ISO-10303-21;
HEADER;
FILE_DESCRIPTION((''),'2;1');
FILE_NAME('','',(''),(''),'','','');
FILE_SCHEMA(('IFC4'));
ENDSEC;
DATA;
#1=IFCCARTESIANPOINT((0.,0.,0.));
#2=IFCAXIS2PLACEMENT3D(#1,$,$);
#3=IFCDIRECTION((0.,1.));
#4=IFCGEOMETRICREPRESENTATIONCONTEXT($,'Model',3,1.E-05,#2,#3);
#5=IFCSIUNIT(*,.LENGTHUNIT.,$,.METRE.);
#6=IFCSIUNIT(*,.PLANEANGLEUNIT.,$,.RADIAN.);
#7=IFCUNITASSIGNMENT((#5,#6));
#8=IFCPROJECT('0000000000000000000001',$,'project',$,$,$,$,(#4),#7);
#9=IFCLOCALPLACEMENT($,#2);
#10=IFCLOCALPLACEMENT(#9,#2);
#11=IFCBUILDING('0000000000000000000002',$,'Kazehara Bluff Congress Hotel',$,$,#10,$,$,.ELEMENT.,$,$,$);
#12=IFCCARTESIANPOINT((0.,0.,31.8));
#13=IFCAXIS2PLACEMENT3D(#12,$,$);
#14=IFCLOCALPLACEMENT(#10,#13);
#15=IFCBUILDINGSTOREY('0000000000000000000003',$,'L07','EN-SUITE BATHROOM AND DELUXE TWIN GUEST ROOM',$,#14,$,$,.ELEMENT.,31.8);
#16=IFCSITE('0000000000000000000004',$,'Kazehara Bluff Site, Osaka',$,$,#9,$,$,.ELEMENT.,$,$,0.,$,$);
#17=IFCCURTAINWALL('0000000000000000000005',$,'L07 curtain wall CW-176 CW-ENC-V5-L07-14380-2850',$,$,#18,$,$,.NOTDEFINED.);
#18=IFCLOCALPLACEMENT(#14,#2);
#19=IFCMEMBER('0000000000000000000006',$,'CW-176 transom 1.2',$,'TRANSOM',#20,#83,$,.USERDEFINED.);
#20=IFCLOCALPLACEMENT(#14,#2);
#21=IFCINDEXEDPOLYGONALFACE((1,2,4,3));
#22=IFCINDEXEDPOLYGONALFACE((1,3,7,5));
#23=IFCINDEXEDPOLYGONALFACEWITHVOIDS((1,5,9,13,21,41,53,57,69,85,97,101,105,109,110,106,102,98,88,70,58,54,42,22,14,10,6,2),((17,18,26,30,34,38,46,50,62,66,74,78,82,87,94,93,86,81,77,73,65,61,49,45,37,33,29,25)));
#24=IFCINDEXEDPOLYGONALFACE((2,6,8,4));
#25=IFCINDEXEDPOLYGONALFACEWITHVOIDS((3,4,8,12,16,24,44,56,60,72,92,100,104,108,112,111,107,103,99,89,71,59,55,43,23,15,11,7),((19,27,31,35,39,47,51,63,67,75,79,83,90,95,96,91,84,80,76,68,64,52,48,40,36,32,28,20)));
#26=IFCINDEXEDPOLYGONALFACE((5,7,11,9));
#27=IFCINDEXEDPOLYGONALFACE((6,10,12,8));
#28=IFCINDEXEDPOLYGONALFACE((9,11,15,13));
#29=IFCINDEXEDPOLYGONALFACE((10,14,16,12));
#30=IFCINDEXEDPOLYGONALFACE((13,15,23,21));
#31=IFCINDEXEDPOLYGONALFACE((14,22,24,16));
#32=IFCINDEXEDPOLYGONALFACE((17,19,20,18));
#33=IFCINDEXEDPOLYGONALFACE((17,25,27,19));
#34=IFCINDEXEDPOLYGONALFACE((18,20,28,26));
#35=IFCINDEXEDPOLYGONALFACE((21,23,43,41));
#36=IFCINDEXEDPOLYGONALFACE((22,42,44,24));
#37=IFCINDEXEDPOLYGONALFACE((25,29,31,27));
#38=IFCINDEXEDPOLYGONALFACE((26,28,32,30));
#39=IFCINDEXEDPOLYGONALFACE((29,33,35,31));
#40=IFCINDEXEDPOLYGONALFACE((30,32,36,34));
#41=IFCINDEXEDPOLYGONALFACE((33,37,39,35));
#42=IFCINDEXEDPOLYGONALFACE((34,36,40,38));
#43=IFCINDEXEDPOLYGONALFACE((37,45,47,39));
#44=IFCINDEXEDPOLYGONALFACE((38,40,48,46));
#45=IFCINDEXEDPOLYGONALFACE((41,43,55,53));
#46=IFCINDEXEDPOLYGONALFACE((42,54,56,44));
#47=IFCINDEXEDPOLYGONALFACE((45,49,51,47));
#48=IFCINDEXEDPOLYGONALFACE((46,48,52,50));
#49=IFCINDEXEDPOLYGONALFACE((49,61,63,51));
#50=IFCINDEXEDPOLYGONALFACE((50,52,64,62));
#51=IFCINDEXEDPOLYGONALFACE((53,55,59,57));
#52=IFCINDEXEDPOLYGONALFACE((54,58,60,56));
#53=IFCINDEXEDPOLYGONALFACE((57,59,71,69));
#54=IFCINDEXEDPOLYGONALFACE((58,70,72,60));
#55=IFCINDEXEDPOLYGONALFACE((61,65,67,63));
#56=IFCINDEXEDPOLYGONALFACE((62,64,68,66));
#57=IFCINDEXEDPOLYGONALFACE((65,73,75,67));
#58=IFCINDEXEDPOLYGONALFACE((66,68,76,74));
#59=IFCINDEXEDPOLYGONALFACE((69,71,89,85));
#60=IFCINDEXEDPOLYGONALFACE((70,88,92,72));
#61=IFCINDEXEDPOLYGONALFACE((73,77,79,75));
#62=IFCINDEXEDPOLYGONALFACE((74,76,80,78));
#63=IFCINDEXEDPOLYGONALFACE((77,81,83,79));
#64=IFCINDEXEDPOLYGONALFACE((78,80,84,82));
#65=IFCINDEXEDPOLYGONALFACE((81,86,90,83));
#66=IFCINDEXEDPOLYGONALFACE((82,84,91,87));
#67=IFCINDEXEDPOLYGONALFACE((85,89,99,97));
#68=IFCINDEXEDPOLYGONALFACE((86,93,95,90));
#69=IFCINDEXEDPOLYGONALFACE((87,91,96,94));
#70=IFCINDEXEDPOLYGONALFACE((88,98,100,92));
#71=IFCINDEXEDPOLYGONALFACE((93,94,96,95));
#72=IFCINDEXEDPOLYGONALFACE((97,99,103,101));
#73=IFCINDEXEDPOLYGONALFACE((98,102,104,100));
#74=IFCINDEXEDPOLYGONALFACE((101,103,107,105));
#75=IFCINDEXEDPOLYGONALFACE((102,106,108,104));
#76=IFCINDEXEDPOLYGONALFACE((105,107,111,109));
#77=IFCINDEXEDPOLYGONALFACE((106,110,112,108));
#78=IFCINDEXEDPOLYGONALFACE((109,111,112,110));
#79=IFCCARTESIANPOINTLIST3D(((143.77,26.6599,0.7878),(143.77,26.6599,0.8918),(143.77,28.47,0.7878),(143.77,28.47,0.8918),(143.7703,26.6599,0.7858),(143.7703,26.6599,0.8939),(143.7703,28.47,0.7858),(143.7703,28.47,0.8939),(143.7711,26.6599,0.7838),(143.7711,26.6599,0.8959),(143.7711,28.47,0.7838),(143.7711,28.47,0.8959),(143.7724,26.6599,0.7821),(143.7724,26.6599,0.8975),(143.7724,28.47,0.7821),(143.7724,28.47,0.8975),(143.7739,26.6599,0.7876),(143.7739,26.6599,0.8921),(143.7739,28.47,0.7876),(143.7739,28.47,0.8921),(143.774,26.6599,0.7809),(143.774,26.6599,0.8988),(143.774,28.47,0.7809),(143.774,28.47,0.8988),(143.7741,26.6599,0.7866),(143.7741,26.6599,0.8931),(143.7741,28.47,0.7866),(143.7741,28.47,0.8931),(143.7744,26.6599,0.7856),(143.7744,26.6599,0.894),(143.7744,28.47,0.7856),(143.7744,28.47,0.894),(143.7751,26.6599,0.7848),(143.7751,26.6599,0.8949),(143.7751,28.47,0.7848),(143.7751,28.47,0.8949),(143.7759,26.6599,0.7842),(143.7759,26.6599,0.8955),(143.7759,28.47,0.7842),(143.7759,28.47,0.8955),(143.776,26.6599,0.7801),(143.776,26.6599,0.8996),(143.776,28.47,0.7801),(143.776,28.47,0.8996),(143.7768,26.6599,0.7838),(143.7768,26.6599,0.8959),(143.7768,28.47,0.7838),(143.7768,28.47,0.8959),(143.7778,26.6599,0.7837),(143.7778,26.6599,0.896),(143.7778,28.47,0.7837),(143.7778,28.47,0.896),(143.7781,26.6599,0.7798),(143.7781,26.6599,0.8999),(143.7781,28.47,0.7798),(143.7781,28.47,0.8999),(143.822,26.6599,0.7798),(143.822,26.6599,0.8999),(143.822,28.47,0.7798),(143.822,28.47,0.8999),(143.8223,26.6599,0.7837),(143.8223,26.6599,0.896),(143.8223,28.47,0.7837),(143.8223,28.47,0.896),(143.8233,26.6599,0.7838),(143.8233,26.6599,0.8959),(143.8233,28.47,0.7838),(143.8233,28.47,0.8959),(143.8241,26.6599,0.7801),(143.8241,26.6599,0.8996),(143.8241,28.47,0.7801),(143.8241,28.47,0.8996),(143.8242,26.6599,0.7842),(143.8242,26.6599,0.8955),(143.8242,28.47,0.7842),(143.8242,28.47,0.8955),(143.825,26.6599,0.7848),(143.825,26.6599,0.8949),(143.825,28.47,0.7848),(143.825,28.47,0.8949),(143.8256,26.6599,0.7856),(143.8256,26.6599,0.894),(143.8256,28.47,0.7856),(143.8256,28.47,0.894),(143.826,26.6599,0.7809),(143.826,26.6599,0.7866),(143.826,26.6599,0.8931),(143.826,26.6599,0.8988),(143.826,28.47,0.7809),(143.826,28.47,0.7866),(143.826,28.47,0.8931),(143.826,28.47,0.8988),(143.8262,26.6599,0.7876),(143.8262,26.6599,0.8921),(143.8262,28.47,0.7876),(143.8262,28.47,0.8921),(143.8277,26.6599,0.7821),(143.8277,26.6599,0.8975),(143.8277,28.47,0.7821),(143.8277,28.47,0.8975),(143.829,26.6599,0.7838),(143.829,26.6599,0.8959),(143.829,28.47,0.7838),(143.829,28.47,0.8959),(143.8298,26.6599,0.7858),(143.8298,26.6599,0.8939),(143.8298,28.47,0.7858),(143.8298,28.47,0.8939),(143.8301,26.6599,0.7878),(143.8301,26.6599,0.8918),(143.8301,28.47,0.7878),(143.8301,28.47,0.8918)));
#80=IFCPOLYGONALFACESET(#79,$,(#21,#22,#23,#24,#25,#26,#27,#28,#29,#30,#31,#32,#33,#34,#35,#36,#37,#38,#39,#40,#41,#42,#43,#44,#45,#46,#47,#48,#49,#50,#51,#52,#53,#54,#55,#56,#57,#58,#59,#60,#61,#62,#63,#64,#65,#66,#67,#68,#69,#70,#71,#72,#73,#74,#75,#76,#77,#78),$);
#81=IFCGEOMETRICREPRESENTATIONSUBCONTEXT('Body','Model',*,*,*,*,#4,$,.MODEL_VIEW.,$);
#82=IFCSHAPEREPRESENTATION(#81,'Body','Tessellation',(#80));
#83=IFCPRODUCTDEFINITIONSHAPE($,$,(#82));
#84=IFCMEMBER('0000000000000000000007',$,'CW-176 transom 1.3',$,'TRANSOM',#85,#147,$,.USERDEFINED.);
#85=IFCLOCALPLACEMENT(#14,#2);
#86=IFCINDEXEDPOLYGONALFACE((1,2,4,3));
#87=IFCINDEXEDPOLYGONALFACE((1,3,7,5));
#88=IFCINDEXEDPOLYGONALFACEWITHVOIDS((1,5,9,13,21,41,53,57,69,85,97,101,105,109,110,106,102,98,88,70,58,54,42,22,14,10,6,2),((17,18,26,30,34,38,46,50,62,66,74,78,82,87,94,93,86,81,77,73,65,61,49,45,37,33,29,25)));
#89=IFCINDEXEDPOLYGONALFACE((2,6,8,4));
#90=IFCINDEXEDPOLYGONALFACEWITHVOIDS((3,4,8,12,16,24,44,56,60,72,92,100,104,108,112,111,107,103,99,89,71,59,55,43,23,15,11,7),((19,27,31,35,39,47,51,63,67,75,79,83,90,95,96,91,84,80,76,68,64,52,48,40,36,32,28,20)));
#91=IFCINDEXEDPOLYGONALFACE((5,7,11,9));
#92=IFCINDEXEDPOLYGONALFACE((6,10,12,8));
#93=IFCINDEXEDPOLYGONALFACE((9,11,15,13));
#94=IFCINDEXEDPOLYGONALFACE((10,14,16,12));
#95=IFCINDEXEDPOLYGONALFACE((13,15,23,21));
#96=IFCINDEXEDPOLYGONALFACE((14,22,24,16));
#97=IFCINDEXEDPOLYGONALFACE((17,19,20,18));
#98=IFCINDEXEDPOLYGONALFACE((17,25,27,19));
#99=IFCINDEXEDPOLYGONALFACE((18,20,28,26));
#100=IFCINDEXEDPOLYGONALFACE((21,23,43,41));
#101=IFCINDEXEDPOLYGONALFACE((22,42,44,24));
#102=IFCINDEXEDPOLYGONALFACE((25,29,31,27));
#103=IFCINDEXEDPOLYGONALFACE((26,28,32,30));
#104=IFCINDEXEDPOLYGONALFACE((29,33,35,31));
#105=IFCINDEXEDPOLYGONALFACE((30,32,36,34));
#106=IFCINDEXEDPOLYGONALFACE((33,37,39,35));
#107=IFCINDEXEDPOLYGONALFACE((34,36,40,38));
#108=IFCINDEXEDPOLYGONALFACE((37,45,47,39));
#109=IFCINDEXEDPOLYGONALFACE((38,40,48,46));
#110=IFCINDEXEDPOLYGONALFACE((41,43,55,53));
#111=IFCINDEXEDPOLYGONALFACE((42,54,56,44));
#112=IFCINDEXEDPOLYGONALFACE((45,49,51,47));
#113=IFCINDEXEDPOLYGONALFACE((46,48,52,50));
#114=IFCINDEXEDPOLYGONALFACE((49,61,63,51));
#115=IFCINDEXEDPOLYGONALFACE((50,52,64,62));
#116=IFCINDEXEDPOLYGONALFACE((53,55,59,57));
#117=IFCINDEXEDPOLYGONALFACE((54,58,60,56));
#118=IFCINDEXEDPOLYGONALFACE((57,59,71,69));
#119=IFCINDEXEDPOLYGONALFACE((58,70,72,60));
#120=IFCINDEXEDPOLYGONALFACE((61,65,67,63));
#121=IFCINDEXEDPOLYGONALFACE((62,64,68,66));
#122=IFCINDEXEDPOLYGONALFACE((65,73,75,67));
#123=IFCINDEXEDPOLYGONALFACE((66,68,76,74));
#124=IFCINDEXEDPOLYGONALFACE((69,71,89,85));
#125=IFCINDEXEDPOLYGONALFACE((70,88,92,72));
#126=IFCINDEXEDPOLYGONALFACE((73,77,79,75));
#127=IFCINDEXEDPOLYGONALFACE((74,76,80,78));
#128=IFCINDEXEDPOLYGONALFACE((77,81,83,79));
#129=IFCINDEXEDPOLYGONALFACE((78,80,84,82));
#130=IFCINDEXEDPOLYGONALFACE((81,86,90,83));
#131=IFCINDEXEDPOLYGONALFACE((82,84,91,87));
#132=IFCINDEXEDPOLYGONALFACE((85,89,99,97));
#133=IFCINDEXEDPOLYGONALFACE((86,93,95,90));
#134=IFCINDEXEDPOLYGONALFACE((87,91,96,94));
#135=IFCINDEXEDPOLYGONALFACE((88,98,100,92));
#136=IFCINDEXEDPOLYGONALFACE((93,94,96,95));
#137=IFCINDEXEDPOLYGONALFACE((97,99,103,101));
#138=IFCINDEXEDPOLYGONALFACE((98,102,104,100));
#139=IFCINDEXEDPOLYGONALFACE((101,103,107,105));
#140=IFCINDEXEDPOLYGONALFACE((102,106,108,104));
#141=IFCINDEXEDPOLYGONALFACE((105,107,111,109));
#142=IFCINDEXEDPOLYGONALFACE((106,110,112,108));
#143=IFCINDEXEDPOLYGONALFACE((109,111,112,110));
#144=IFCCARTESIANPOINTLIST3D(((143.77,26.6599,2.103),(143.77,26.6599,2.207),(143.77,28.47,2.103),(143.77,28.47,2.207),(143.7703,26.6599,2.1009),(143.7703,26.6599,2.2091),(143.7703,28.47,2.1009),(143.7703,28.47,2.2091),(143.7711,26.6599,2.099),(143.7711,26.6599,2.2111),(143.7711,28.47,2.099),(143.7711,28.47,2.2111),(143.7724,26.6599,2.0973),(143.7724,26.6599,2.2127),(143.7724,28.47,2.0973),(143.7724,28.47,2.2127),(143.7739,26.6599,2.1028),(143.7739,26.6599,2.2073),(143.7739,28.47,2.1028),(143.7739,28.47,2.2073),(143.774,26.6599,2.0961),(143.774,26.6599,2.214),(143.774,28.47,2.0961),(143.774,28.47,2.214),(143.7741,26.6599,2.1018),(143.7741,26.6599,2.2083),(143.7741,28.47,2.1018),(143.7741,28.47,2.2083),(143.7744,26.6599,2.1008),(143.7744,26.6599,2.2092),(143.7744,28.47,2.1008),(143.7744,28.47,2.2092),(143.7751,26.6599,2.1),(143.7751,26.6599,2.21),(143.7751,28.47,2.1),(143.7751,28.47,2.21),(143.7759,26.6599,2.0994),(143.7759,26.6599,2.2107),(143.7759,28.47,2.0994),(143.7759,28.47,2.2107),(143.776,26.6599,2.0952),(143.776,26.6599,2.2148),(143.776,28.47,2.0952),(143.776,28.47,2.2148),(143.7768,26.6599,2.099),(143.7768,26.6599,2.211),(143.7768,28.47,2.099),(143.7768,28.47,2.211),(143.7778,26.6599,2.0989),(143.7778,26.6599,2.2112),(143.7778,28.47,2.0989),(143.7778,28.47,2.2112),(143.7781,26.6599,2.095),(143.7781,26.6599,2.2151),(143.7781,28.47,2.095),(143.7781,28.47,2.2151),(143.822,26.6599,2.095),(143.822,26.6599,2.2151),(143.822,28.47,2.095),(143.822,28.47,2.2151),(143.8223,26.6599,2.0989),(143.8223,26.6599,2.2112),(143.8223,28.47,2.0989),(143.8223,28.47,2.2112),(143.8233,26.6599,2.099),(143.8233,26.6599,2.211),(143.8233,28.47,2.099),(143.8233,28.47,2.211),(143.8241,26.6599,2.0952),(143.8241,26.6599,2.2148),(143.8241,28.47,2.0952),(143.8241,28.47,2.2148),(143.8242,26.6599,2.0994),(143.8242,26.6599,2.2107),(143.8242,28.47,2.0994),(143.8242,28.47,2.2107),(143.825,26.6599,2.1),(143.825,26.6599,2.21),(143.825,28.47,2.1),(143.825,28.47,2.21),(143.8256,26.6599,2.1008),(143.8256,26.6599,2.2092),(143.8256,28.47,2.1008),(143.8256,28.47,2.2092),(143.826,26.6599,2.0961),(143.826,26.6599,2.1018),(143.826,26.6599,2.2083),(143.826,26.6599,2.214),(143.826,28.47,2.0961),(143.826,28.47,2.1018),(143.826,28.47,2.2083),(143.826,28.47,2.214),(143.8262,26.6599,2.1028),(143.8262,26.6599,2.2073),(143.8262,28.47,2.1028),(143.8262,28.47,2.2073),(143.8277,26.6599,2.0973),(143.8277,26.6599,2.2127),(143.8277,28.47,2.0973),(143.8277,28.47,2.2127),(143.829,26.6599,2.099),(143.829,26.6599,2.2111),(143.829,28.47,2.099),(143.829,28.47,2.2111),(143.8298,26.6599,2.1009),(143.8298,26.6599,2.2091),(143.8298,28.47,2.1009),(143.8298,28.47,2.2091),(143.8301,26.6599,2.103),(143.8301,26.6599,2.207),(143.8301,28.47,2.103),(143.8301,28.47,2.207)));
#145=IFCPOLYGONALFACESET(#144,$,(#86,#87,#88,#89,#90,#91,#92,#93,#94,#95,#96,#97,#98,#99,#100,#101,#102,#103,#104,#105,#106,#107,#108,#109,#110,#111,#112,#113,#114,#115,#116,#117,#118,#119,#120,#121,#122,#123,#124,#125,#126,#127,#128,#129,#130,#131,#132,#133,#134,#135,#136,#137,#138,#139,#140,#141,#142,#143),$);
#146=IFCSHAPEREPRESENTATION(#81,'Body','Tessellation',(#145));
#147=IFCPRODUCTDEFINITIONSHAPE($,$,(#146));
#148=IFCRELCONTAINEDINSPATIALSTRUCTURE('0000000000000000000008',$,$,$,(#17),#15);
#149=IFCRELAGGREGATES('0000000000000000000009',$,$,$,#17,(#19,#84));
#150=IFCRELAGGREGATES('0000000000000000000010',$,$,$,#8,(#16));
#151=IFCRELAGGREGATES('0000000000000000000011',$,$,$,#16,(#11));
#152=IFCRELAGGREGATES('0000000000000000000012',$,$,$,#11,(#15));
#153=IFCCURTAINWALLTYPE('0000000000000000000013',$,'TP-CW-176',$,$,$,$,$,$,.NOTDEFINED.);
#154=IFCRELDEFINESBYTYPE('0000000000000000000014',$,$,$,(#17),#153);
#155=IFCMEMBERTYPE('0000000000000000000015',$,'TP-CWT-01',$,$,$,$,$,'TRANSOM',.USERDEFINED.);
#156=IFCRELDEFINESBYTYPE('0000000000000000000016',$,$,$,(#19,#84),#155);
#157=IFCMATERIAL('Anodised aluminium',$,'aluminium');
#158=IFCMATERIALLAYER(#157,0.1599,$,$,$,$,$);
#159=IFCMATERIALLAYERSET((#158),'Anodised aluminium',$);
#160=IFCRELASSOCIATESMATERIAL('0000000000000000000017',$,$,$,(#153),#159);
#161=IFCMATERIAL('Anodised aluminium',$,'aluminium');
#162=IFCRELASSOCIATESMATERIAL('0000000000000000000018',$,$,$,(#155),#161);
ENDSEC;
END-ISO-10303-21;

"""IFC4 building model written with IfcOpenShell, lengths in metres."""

from ifc_helpers import new_model, si_unit, direction, frame, origin, origin_2d, place, context, subcontext, project, spatial, hollow_rectangle, extrude, material, layer, layer_set, material_profile, profile_set, type_object, element, aggregate, save


model = new_model("IFC4")

# Units and contexts
model_context = context("Model", 3, precision=1e-05, world=origin(), true_north=direction((0.0, 1.0)))
body_context = subcontext(model_context, "Body", "Model", "MODEL_VIEW")
ifc_project = project(units=[si_unit("LENGTHUNIT", "METRE"), si_unit("PLANEANGLEUNIT", "RADIAN")], contexts=[model_context])

# Site, building, storey
site_placement = place(None, origin())
site = spatial("IfcSite", under=ifc_project, at=site_placement, Name="Kazehara Bluff Site, Osaka", CompositionType="ELEMENT", RefElevation=0.0)
building_placement = place(site_placement, origin())
building = spatial("IfcBuilding", under=site, at=building_placement, Name="Kazehara Bluff Congress Hotel", CompositionType="ELEMENT")
storey_placement = place(building_placement, frame((0.0, 0.0, 31.8)))
storey = spatial("IfcBuildingStorey", under=building, at=storey_placement, Name="L07", Description="EN-SUITE BATHROOM AND DELUXE TWIN GUEST ROOM", CompositionType="ELEMENT", Elevation=31.8)

# Curtain wall
ifc_material_1 = material(Name="Anodised aluminium", Category="aluminium")
ifc_layer_1 = layer(ifc_material_1, 0.1599)
ifc_layer_set_1 = layer_set([ifc_layer_1], Name="Anodised aluminium")
curtain_wall_type_1 = type_object("IfcCurtainWallType", Name="TP-CW-176", PredefinedType="NOTDEFINED", material=ifc_layer_set_1)
curtain_wall_1_placement = place(storey_placement, origin())
curtain_wall_1 = element("IfcCurtainWall", 1, at=curtain_wall_1_placement, inside=storey, type_object=curtain_wall_type_1, Name="L07 curtain wall CW-176 CW-ENC-V5-L07-14380-2850", PredefinedType="NOTDEFINED")

# Members
ifc_material_2 = material(Name="Anodised aluminium", Category="aluminium")
ifc_material_profile_1 = material_profile(ifc_material_2, hollow_rectangle(XDim=0.0601, YDim=0.1201, WallThickness=0.0039, InnerFilletRadius=0.0039, OuterFilletRadius=0.0081, at=origin_2d()))
ifc_profile_set_1 = profile_set([ifc_material_profile_1], Name="Anodised aluminium")
member_type_1 = type_object("IfcMemberType", Name="TP-CWT-01", ElementType="TRANSOM", PredefinedType="USERDEFINED", material=ifc_profile_set_1)
member_1_placement = place(storey_placement, frame((143.8, 26.6599, 0.8398), z_axis=(0.0, 1.0, 0.0), x_axis=(-1.0, 0.0, 0.0)))
member_1 = element("IfcMember", 2, at=member_1_placement, type_object=member_type_1, Name="CW-176 transom 1.2", ObjectType="TRANSOM", PredefinedType="USERDEFINED", context=body_context, shape_type="SweptSolid", body=[
    extrude(hollow_rectangle(XDim=0.0601, YDim=0.1201, WallThickness=0.0039, InnerFilletRadius=0.0039, OuterFilletRadius=0.0081, at=origin_2d()), origin(), (0.0, 0.0, 1.0), 1.8101),
])
member_2_placement = place(storey_placement, frame((143.8, 26.6599, 2.155), z_axis=(0.0, 1.0, 0.0), x_axis=(-1.0, 0.0, 0.0)))
member_2 = element("IfcMember", 3, at=member_2_placement, type_object=member_type_1, Name="CW-176 transom 1.3", ObjectType="TRANSOM", PredefinedType="USERDEFINED", context=body_context, shape_type="SweptSolid", body=[
    extrude(hollow_rectangle(XDim=0.0601, YDim=0.1201, WallThickness=0.0039, InnerFilletRadius=0.0039, OuterFilletRadius=0.0081, at=origin_2d()), origin(), (0.0, 0.0, 1.0), 1.8101),
])

aggregate(curtain_wall_1, [member_1, member_2])

save(model, "model.ifc")
